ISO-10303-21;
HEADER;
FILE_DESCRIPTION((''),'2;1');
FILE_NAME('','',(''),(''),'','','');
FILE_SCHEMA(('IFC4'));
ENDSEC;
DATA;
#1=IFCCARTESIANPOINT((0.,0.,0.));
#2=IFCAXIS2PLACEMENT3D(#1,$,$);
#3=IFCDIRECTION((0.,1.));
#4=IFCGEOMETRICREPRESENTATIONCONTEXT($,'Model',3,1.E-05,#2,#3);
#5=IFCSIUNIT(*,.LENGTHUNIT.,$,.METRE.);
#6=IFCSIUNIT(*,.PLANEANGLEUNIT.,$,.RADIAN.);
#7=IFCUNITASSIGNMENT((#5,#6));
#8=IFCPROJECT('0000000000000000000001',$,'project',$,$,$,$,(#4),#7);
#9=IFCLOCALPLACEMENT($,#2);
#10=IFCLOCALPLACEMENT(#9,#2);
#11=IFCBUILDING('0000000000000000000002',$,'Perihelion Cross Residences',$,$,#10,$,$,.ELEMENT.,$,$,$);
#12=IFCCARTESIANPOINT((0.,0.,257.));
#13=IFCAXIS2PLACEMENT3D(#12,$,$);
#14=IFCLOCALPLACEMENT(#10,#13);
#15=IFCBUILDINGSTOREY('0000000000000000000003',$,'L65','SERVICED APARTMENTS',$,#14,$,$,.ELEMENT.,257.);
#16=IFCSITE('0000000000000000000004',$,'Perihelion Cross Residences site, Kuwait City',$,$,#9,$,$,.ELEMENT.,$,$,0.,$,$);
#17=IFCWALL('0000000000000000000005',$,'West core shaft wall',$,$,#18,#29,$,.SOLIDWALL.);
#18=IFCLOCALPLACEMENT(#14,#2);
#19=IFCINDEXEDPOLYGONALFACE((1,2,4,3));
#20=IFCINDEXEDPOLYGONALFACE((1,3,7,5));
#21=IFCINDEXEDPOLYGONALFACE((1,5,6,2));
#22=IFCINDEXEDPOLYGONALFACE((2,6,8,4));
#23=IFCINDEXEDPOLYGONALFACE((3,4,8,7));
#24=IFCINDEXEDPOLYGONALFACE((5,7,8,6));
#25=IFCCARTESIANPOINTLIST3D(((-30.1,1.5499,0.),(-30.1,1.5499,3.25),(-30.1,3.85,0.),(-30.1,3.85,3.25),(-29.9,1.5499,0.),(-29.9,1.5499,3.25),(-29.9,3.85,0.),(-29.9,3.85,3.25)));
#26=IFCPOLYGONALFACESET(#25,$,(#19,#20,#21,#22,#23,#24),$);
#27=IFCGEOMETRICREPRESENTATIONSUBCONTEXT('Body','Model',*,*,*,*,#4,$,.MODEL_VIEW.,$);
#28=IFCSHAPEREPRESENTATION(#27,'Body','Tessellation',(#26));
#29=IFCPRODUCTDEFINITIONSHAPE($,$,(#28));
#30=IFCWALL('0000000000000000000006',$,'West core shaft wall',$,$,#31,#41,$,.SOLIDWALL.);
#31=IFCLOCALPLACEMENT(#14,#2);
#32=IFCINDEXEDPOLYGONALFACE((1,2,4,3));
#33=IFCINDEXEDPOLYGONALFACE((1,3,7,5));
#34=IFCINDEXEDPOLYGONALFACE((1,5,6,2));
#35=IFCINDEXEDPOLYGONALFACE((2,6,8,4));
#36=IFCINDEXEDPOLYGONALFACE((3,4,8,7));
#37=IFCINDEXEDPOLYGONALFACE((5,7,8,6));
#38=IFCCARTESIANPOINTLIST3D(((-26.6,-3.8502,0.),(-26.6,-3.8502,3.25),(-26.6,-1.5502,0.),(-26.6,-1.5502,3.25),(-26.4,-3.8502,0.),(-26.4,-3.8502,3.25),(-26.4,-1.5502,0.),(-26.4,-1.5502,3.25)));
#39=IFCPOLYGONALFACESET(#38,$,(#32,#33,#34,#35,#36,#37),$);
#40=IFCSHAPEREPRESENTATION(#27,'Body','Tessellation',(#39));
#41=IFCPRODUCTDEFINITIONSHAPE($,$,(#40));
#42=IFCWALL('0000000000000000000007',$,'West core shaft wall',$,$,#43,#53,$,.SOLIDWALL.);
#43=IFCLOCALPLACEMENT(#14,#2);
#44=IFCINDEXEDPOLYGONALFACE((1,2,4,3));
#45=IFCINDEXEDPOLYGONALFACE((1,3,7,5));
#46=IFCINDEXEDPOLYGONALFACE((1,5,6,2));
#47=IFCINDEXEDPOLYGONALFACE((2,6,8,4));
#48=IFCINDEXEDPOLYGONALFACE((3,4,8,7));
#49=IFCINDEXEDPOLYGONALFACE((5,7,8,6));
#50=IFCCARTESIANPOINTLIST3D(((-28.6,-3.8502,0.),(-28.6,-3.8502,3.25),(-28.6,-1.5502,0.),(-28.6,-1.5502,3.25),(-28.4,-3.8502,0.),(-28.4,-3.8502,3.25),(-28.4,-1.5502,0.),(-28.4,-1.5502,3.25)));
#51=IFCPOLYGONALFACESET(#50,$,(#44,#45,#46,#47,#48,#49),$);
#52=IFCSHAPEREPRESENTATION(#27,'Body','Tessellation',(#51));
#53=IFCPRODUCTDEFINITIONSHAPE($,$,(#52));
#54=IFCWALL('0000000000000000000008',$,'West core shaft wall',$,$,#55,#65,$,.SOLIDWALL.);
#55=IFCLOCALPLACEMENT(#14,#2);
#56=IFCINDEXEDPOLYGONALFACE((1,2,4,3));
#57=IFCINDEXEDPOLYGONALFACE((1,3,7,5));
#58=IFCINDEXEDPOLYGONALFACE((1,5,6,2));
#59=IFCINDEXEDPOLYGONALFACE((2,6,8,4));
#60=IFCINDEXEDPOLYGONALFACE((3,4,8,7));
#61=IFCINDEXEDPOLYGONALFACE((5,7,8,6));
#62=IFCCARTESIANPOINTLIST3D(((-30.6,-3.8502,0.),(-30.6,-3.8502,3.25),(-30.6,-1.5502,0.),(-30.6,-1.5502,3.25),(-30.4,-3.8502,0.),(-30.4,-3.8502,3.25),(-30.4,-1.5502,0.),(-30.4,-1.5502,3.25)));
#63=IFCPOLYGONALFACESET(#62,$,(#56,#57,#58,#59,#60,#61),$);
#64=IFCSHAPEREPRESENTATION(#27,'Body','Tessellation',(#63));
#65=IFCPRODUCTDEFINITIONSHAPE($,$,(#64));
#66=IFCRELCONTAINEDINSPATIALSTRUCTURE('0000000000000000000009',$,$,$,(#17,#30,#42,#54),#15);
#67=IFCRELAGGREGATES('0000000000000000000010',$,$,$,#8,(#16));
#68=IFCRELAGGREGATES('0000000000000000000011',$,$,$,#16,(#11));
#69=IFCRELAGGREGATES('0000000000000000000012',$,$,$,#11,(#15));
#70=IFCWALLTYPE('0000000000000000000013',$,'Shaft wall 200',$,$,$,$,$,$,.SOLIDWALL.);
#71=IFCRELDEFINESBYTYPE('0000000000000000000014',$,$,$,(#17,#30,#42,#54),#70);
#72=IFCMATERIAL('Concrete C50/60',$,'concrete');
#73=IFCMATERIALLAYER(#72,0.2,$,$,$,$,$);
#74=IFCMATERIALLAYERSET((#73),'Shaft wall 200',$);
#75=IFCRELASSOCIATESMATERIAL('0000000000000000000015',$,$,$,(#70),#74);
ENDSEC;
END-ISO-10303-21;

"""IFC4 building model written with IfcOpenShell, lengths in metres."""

from ifc_helpers import new_model, si_unit, direction, frame, frame_2d, origin, place, context, subcontext, project, spatial, rectangle, extrude, material, layer, layer_set, type_object, element, save


model = new_model("IFC4")

# Units and contexts
model_context = context("Model", 3, precision=1e-05, world=origin(), true_north=direction((0.0, 1.0)))
body_context = subcontext(model_context, "Body", "Model", "MODEL_VIEW")
ifc_project = project(units=[si_unit("LENGTHUNIT", "METRE"), si_unit("PLANEANGLEUNIT", "RADIAN")], contexts=[model_context])

# Site, building, storey
site_placement = place(None, origin())
site = spatial("IfcSite", under=ifc_project, at=site_placement, Name="Perihelion Cross Residences site, Kuwait City", CompositionType="ELEMENT", RefElevation=0.0)
building_placement = place(site_placement, origin())
building = spatial("IfcBuilding", under=site, at=building_placement, Name="Perihelion Cross Residences", CompositionType="ELEMENT")
storey_placement = place(building_placement, frame((0.0, 0.0, 257.0)))
storey = spatial("IfcBuildingStorey", under=building, at=storey_placement, Name="L65", Description="SERVICED APARTMENTS", CompositionType="ELEMENT", Elevation=257.0)

# Shared definitions
ifc_material_1 = material(Name="Concrete C50/60", Category="concrete")
ifc_layer_1 = layer(ifc_material_1, 0.2)
ifc_layer_set_1 = layer_set([ifc_layer_1], Name="Shaft wall 200")
wall_type_1 = type_object("IfcWallType", Name="Shaft wall 200", PredefinedType="SOLIDWALL", material=ifc_layer_set_1)

# Walls
for number, where, z_axis, x_axis, name in (
    (1, (-30.0, 1.55, 0.0), (0.0, 0.0, 1.0), (0.0, 1.0, 0.0), "West core shaft wall"),
    (2, (-26.5, -3.8501, 0.0), (0.0, 0.0, 1.0), (0.0, 1.0, 0.0), "West core shaft wall"),
    (3, (-28.5, -3.8501, 0.0), (0.0, 0.0, 1.0), (0.0, 1.0, 0.0), "West core shaft wall"),
    (4, (-30.5, -3.8501, 0.0), (0.0, 0.0, 1.0), (0.0, 1.0, 0.0), "West core shaft wall"),
):
    element("IfcWall", number, at=place(storey_placement, frame(where, z_axis=z_axis, x_axis=x_axis)), inside=storey, type_object=wall_type_1, Name=name, PredefinedType="SOLIDWALL", context=body_context, shape_type="SweptSolid", body=[
        extrude(rectangle(XDim=2.3, YDim=0.2, at=frame_2d((1.1499, 0.0))), origin(), (0.0, 0.0, 1.0), 3.25),
    ])

save(model, "model.ifc")
